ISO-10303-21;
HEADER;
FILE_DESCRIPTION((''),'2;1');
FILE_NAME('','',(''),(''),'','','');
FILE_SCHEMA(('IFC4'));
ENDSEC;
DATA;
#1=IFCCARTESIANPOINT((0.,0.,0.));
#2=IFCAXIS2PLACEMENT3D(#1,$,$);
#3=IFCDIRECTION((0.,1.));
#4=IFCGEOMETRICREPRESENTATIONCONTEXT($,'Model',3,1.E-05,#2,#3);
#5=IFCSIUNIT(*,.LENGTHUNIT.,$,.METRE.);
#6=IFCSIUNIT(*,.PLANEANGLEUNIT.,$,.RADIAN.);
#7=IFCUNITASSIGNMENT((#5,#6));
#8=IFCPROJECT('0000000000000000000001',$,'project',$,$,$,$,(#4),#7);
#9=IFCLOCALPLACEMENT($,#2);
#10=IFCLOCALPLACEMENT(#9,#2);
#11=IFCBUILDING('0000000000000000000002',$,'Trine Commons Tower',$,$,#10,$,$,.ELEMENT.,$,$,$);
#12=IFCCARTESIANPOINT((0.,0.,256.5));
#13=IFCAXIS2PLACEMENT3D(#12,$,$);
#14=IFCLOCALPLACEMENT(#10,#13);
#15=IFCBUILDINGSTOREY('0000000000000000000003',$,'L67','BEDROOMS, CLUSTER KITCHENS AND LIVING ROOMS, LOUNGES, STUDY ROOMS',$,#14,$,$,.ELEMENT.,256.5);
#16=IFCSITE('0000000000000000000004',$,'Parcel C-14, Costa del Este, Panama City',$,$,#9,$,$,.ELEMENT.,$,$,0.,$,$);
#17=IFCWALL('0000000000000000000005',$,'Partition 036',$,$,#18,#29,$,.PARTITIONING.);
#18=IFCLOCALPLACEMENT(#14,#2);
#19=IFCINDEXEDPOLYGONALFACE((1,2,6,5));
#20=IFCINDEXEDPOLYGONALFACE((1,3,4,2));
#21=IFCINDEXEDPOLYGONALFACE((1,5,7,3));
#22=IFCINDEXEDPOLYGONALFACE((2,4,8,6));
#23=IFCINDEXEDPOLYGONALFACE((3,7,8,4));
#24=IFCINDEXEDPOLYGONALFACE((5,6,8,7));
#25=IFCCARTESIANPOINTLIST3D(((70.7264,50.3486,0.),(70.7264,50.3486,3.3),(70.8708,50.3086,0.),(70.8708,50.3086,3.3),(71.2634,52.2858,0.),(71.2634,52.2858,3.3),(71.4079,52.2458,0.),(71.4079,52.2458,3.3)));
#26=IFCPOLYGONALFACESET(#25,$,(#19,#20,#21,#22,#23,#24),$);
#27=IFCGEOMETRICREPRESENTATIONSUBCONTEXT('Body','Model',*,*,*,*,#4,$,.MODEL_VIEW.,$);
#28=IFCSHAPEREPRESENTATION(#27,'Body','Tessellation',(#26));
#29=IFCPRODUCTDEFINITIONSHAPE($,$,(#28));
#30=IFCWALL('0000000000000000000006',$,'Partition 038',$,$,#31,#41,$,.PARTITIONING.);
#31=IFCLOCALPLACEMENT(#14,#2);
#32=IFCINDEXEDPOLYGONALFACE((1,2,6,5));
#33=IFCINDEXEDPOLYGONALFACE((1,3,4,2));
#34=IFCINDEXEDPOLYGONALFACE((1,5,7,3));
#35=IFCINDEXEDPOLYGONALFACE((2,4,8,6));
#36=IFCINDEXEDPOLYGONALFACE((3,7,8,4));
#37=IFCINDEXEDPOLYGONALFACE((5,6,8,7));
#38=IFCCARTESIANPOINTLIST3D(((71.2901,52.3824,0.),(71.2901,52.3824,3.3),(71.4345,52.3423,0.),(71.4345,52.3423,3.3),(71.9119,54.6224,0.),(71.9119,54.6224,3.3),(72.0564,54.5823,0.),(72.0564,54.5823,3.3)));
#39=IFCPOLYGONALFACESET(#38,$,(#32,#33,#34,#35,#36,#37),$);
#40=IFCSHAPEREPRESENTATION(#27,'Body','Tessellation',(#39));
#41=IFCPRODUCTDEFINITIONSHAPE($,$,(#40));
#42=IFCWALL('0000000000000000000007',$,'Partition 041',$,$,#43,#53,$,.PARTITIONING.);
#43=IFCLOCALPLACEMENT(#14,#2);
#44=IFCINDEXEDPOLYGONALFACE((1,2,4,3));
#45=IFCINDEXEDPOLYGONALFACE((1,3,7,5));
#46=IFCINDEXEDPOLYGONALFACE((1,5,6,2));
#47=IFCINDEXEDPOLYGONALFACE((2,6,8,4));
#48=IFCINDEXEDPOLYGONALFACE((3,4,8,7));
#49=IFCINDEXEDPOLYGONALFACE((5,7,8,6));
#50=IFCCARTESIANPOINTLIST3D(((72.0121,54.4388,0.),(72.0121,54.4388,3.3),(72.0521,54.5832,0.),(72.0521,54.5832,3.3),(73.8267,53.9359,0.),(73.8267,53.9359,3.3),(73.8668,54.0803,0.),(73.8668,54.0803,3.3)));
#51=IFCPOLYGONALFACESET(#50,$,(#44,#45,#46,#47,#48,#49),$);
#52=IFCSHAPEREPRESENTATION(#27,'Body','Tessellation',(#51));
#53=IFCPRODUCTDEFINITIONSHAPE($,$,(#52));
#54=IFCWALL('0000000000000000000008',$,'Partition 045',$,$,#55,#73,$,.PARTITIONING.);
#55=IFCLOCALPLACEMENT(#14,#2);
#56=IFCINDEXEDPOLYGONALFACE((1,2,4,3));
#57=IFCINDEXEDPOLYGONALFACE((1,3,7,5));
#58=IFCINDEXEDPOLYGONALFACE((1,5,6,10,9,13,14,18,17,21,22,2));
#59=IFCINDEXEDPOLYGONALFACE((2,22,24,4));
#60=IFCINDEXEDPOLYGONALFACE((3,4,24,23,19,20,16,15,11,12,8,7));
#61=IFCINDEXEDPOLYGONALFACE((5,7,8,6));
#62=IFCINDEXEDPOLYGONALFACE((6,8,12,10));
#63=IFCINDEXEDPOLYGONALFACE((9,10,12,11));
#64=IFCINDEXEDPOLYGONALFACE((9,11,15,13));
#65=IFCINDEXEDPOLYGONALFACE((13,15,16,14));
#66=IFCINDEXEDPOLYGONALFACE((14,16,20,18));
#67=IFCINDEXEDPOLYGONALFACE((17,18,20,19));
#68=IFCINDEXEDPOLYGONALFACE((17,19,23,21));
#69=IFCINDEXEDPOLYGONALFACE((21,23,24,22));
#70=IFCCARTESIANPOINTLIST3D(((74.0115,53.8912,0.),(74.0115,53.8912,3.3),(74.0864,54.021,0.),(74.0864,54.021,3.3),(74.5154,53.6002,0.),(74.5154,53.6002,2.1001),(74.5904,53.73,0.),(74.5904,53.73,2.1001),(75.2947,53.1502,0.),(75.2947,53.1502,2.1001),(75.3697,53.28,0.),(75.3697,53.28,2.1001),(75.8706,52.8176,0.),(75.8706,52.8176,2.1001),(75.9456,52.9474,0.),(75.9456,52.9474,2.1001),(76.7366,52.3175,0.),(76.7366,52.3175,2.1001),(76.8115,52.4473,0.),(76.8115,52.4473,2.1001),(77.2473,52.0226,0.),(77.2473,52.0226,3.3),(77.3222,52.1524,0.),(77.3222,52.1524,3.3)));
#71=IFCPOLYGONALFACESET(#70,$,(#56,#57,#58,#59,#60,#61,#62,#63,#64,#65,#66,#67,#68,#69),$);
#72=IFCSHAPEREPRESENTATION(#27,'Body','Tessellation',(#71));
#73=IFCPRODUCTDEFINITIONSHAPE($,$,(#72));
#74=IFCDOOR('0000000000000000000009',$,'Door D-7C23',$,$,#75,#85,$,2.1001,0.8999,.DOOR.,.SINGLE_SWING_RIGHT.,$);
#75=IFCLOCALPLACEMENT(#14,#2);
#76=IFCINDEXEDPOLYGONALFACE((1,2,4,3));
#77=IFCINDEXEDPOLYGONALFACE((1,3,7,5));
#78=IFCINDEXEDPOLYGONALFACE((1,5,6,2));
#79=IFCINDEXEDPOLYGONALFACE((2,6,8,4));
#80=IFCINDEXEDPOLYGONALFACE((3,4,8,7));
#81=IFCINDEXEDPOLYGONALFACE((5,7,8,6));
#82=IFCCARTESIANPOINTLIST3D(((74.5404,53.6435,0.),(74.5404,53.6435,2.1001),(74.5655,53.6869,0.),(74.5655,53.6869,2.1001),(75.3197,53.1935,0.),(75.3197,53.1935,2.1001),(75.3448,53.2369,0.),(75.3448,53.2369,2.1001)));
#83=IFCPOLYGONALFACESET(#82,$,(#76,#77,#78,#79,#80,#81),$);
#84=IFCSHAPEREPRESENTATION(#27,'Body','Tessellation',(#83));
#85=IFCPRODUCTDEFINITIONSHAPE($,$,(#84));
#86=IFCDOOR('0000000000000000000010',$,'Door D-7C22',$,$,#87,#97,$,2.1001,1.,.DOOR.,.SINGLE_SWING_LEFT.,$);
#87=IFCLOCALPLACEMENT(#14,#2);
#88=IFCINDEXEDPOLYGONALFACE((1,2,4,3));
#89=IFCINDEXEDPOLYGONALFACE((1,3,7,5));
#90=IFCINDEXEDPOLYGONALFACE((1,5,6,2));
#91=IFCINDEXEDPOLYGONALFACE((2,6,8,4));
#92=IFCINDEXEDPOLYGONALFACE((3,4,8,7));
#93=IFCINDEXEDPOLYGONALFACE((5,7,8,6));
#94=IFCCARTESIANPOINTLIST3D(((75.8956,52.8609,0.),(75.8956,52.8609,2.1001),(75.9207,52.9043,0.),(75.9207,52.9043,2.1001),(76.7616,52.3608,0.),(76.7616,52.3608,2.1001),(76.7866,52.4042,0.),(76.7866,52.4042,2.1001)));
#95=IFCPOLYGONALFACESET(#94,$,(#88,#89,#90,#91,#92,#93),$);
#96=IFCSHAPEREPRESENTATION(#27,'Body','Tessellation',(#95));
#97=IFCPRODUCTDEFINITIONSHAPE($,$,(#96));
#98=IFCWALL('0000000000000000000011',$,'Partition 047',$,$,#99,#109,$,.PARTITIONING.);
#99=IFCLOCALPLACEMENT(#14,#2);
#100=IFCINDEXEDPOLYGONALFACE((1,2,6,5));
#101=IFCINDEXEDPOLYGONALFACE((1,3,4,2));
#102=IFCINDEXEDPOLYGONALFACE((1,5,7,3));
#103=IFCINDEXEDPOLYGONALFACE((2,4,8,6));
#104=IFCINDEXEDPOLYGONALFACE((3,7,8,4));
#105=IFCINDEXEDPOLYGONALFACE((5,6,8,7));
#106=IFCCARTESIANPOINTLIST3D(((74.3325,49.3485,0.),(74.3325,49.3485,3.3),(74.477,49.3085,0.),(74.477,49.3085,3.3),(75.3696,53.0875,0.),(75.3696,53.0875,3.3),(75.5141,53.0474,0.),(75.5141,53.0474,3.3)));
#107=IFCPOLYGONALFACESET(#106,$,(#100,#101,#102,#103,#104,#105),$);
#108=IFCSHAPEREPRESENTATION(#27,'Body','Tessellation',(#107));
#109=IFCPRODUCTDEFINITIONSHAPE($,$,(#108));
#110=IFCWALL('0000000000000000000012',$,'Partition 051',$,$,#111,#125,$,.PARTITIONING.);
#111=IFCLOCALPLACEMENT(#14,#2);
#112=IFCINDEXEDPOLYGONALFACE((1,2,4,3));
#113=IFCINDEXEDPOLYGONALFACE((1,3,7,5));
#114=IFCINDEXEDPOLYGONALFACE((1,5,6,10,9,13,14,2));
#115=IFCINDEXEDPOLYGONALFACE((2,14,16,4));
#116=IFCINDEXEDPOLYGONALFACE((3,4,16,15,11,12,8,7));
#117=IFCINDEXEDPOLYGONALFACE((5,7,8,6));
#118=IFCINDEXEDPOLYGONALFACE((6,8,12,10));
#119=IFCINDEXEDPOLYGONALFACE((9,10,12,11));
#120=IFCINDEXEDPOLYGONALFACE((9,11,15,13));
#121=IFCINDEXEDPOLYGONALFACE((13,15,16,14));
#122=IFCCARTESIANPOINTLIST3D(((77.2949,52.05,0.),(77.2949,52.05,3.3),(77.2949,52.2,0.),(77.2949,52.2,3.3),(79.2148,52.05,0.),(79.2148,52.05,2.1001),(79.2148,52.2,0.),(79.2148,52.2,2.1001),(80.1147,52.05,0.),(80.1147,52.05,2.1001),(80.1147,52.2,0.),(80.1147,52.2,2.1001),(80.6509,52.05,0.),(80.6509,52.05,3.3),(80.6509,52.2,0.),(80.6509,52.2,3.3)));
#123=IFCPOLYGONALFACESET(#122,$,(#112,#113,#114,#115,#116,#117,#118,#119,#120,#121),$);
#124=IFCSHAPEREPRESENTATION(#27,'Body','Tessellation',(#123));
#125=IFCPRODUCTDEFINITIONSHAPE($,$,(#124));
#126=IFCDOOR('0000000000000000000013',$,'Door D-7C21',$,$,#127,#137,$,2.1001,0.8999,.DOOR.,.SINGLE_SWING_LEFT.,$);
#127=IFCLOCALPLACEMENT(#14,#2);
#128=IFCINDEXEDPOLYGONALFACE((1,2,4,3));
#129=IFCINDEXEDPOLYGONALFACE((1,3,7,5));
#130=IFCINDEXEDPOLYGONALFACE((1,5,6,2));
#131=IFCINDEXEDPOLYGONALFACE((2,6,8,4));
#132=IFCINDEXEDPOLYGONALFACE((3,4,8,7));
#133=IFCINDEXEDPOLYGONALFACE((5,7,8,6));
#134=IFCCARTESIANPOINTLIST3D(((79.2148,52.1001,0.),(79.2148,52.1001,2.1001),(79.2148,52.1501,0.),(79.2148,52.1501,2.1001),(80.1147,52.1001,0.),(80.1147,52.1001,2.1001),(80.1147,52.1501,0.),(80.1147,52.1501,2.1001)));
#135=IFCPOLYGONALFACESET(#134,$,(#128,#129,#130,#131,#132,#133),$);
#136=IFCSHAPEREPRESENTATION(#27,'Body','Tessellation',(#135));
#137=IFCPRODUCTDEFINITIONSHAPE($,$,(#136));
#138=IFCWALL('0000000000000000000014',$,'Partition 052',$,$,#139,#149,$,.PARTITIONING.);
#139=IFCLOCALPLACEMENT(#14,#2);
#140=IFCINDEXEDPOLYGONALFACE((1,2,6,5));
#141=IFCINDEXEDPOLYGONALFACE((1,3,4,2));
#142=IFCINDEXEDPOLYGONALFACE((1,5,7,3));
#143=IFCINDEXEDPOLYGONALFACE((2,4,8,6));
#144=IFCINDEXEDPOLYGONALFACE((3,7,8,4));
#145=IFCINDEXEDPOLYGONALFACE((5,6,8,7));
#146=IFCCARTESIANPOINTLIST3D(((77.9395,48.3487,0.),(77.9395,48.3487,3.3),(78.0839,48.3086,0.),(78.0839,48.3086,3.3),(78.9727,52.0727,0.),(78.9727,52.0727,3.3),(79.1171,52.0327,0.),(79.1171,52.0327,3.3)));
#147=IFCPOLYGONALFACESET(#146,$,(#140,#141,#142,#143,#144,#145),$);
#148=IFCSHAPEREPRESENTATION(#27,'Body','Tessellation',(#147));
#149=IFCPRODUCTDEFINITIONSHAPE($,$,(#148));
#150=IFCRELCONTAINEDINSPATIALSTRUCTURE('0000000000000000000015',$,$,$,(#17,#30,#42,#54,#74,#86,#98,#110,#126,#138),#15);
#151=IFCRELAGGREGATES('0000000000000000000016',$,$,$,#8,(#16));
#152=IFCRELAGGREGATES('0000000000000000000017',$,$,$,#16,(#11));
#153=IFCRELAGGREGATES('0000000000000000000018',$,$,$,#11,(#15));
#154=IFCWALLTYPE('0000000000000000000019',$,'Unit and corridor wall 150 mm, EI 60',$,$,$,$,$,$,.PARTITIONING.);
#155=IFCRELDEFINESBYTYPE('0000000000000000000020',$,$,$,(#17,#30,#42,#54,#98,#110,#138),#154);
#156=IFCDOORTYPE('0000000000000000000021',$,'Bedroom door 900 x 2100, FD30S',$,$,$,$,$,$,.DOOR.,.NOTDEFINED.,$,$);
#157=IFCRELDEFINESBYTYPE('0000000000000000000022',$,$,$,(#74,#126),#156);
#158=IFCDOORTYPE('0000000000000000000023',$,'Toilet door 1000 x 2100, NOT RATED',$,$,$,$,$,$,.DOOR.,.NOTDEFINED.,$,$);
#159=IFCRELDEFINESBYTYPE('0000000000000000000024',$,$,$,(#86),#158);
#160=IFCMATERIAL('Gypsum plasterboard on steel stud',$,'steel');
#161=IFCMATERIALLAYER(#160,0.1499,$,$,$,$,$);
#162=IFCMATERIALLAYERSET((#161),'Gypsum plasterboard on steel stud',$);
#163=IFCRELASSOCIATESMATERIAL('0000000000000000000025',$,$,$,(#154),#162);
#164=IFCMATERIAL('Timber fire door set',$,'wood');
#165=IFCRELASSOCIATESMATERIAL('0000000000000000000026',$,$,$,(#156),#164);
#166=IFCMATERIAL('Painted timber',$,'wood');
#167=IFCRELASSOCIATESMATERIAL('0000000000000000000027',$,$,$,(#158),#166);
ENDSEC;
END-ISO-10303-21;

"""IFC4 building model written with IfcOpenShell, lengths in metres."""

from ifc_helpers import new_model, si_unit, direction, frame, frame_2d, origin, place, context, subcontext, project, spatial, rectangle, extrude, material, layer, layer_set, type_object, element, fill, save


model = new_model("IFC4")

# Units and contexts
model_context = context("Model", 3, precision=1e-05, world=origin(), true_north=direction((0.0, 1.0)))
body_context = subcontext(model_context, "Body", "Model", "MODEL_VIEW")
ifc_project = project(units=[si_unit("LENGTHUNIT", "METRE"), si_unit("PLANEANGLEUNIT", "RADIAN")], contexts=[model_context])

# Site, building, storey
site_placement = place(None, origin())
site = spatial("IfcSite", under=ifc_project, at=site_placement, Name="Parcel C-14, Costa del Este, Panama City", CompositionType="ELEMENT", RefElevation=0.0)
building_placement = place(site_placement, origin())
building = spatial("IfcBuilding", under=site, at=building_placement, Name="Trine Commons Tower", CompositionType="ELEMENT")
storey_placement = place(building_placement, frame((0.0, 0.0, 256.5)))
storey = spatial("IfcBuildingStorey", under=building, at=storey_placement, Name="L67", Description="BEDROOMS, CLUSTER KITCHENS AND LIVING ROOMS, LOUNGES, STUDY ROOMS", CompositionType="ELEMENT", Elevation=256.5)

# Shared definitions
ifc_material_1 = material(Name="Gypsum plasterboard on steel stud", Category="steel")
ifc_layer_1 = layer(ifc_material_1, 0.1499)
ifc_layer_set_1 = layer_set([ifc_layer_1], Name="Gypsum plasterboard on steel stud")
wall_type_1 = type_object("IfcWallType", Name="Unit and corridor wall 150 mm, EI 60", PredefinedType="PARTITIONING", material=ifc_layer_set_1)

# Shared definitions
ifc_material_2 = material(Name="Timber fire door set", Category="wood")
door_type_1 = type_object("IfcDoorType", Name="Bedroom door 900 x 2100, FD30S", OperationType="NOTDEFINED", PredefinedType="DOOR", material=ifc_material_2)

# Walls
wall_1_placement = place(storey_placement, frame((70.7986, 50.3286, 0.0), z_axis=(0.0, 0.0, 1.0), x_axis=(0.267174, 0.963648, 0.0)))
element("IfcWall", 1, at=wall_1_placement, inside=storey, type_object=wall_type_1, Name="Partition 036", PredefinedType="PARTITIONING", context=body_context, shape_type="SweptSolid", body=[
    extrude(rectangle(XDim=2.0103, YDim=0.1499, at=frame_2d((1.0051, 0.0))), origin(), (0.0, 0.0, 1.0), 3.3),
])
wall_2_placement = place(storey_placement, frame((71.3623, 52.3623, 0.0), z_axis=(0.0, 0.0, 1.0), x_axis=(0.267487, 0.963562, 0.0)))
element("IfcWall", 2, at=wall_2_placement, inside=storey, type_object=wall_type_1, Name="Partition 038", PredefinedType="PARTITIONING", context=body_context, shape_type="SweptSolid", body=[
    extrude(rectangle(XDim=2.3247, YDim=0.1499, at=frame_2d((1.1624, 0.0))), origin(), (0.0, 0.0, 1.0), 3.3),
])
wall_3_placement = place(storey_placement, frame((72.0322, 54.511, 0.0), z_axis=(0.0, 0.0, 1.0), x_axis=(0.963676, -0.267075, 0.0)))
element("IfcWall", 3, at=wall_3_placement, inside=storey, type_object=wall_type_1, Name="Partition 041", PredefinedType="PARTITIONING", context=body_context, shape_type="SweptSolid", body=[
    extrude(rectangle(XDim=1.8831, YDim=0.1499, at=frame_2d((0.9414, 0.0))), origin(), (0.0, 0.0, 1.0), 3.3),
])

# Wall, openings, doors
wall_4_placement = place(storey_placement, frame((74.0491, 53.9561, 0.0), z_axis=(0.0, 0.0, 1.0), x_axis=(0.865974, -0.500088, 0.0)))
wall_4 = element("IfcWall", 4, at=wall_4_placement, inside=storey, type_object=wall_type_1, Name="Partition 045", PredefinedType="PARTITIONING", context=body_context, shape_type="SweptSolid", body=[
    extrude(rectangle(XDim=3.7366, YDim=0.1499, at=frame_2d((1.8682, 0.0))), origin(), (0.0, 0.0, 1.0), 3.3),
])
opening_1_placement = place(wall_4_placement, frame((2.1467, 0.0, 0.0)))
opening_1 = element("IfcOpeningElement", 5, at=opening_1_placement, cuts=wall_4, PredefinedType="OPENING", context=body_context, shape_type="SweptSolid", body=[
    extrude(rectangle(XDim=1.0, YDim=2.1001, at=frame_2d((0.5, 1.05))), frame((0.0, 0.085, 0.0), z_axis=(0.0, -1.0, 0.0), x_axis=(1.0, 0.0, 0.0)), (0.0, 0.0, 1.0), 0.1699),
])
opening_2_placement = place(wall_4_placement, frame((0.5818, 0.0, 0.0)))
opening_2 = element("IfcOpeningElement", 6, at=opening_2_placement, cuts=wall_4, PredefinedType="OPENING", context=body_context, shape_type="SweptSolid", body=[
    extrude(rectangle(XDim=0.8999, YDim=2.1001, at=frame_2d((0.45, 1.05))), frame((0.0, 0.085, 0.0), z_axis=(0.0, -1.0, 0.0), x_axis=(1.0, 0.0, 0.0)), (0.0, 0.0, 1.0), 0.1699),
])
door_1_placement = place(opening_2_placement, frame((0.8999, 0.0, 0.0), z_axis=(0.0, 0.0, 1.0), x_axis=(-1.0, 0.0, 0.0)))
door_1 = element("IfcDoor", 7, at=door_1_placement, inside=storey, type_object=door_type_1, Name="Door D-7C23", OperationType="SINGLE_SWING_RIGHT", OverallHeight=2.1001, OverallWidth=0.8999, PredefinedType="DOOR", context=body_context, shape_type="SweptSolid", body=[
    extrude(rectangle(XDim=0.8999, YDim=2.1001, at=frame_2d((0.45, 1.05))), frame((0.0, 0.0249, 0.0), z_axis=(0.0, -1.0, 0.0), x_axis=(1.0, 0.0, 0.0)), (0.0, 0.0, 1.0), 0.05),
])
fill(opening_2, door_1)
ifc_material_3 = material(Name="Painted timber", Category="wood")
door_type_2 = type_object("IfcDoorType", Name="Toilet door 1000 x 2100, NOT RATED", OperationType="NOTDEFINED", PredefinedType="DOOR", material=ifc_material_3)
door_2_placement = place(opening_1_placement, frame((1.0, 0.0, 0.0), z_axis=(0.0, 0.0, 1.0), x_axis=(-1.0, 0.0, 0.0)))
door_2 = element("IfcDoor", 8, at=door_2_placement, inside=storey, type_object=door_type_2, Name="Door D-7C22", OperationType="SINGLE_SWING_LEFT", OverallHeight=2.1001, OverallWidth=1.0, PredefinedType="DOOR", context=body_context, shape_type="SweptSolid", body=[
    extrude(rectangle(XDim=1.0, YDim=2.1001, at=frame_2d((0.5, 1.05))), frame((0.0, 0.0249, 0.0), z_axis=(0.0, -1.0, 0.0), x_axis=(1.0, 0.0, 0.0)), (0.0, 0.0, 1.0), 0.05),
])
fill(opening_1, door_2)

# Wall
wall_5_placement = place(storey_placement, frame((74.4048, 49.3286, 0.0), z_axis=(0.0, 0.0, 1.0), x_axis=(0.267284, 0.963618, 0.0)))
element("IfcWall", 9, at=wall_5_placement, inside=storey, type_object=wall_type_1, Name="Partition 047", PredefinedType="PARTITIONING", context=body_context, shape_type="SweptSolid", body=[
    extrude(rectangle(XDim=3.8801, YDim=0.1499, at=frame_2d((1.9399, 0.0))), origin(), (0.0, 0.0, 1.0), 3.3),
])

# Wall, opening, door
wall_6_placement = place(storey_placement, frame((77.2949, 52.125, 0.0), z_axis=(0.0, 0.0, 1.0), x_axis=(1.0, 0.0, 0.0)))
wall_6 = element("IfcWall", 10, at=wall_6_placement, inside=storey, type_object=wall_type_1, Name="Partition 051", PredefinedType="PARTITIONING", context=body_context, shape_type="SweptSolid", body=[
    extrude(rectangle(XDim=3.356, YDim=0.1499, at=frame_2d((1.678, 0.0))), origin(), (0.0, 0.0, 1.0), 3.3),
])
opening_3_placement = place(wall_6_placement, frame((1.9199, 0.0, 0.0)))
opening_3 = element("IfcOpeningElement", 11, at=opening_3_placement, cuts=wall_6, PredefinedType="OPENING", context=body_context, shape_type="SweptSolid", body=[
    extrude(rectangle(XDim=0.8999, YDim=2.1001, at=frame_2d((0.45, 1.05))), frame((0.0, 0.085, 0.0), z_axis=(0.0, -1.0, 0.0), x_axis=(1.0, 0.0, 0.0)), (0.0, 0.0, 1.0), 0.1699),
])
door_3_placement = place(opening_3_placement, frame((0.8999, 0.0, 0.0), z_axis=(0.0, 0.0, 1.0), x_axis=(-1.0, 0.0, 0.0)))
door_3 = element("IfcDoor", 12, at=door_3_placement, inside=storey, type_object=door_type_1, Name="Door D-7C21", OperationType="SINGLE_SWING_LEFT", OverallHeight=2.1001, OverallWidth=0.8999, PredefinedType="DOOR", context=body_context, shape_type="SweptSolid", body=[
    extrude(rectangle(XDim=0.8999, YDim=2.1001, at=frame_2d((0.45, 1.05))), frame((0.0, 0.0249, 0.0), z_axis=(0.0, -1.0, 0.0), x_axis=(1.0, 0.0, 0.0)), (0.0, 0.0, 1.0), 0.05),
])
fill(opening_3, door_3)

# Wall
wall_7_placement = place(storey_placement, frame((78.0117, 48.3286, 0.0), z_axis=(0.0, 0.0, 1.0), x_axis=(0.267338, 0.963603, 0.0)))
element("IfcWall", 13, at=wall_7_placement, inside=storey, type_object=wall_type_1, Name="Partition 052", PredefinedType="PARTITIONING", context=body_context, shape_type="SweptSolid", body=[
    extrude(rectangle(XDim=3.8647, YDim=0.1499, at=frame_2d((1.9324, 0.0))), origin(), (0.0, 0.0, 1.0), 3.3),
])

save(model, "model.ifc")
